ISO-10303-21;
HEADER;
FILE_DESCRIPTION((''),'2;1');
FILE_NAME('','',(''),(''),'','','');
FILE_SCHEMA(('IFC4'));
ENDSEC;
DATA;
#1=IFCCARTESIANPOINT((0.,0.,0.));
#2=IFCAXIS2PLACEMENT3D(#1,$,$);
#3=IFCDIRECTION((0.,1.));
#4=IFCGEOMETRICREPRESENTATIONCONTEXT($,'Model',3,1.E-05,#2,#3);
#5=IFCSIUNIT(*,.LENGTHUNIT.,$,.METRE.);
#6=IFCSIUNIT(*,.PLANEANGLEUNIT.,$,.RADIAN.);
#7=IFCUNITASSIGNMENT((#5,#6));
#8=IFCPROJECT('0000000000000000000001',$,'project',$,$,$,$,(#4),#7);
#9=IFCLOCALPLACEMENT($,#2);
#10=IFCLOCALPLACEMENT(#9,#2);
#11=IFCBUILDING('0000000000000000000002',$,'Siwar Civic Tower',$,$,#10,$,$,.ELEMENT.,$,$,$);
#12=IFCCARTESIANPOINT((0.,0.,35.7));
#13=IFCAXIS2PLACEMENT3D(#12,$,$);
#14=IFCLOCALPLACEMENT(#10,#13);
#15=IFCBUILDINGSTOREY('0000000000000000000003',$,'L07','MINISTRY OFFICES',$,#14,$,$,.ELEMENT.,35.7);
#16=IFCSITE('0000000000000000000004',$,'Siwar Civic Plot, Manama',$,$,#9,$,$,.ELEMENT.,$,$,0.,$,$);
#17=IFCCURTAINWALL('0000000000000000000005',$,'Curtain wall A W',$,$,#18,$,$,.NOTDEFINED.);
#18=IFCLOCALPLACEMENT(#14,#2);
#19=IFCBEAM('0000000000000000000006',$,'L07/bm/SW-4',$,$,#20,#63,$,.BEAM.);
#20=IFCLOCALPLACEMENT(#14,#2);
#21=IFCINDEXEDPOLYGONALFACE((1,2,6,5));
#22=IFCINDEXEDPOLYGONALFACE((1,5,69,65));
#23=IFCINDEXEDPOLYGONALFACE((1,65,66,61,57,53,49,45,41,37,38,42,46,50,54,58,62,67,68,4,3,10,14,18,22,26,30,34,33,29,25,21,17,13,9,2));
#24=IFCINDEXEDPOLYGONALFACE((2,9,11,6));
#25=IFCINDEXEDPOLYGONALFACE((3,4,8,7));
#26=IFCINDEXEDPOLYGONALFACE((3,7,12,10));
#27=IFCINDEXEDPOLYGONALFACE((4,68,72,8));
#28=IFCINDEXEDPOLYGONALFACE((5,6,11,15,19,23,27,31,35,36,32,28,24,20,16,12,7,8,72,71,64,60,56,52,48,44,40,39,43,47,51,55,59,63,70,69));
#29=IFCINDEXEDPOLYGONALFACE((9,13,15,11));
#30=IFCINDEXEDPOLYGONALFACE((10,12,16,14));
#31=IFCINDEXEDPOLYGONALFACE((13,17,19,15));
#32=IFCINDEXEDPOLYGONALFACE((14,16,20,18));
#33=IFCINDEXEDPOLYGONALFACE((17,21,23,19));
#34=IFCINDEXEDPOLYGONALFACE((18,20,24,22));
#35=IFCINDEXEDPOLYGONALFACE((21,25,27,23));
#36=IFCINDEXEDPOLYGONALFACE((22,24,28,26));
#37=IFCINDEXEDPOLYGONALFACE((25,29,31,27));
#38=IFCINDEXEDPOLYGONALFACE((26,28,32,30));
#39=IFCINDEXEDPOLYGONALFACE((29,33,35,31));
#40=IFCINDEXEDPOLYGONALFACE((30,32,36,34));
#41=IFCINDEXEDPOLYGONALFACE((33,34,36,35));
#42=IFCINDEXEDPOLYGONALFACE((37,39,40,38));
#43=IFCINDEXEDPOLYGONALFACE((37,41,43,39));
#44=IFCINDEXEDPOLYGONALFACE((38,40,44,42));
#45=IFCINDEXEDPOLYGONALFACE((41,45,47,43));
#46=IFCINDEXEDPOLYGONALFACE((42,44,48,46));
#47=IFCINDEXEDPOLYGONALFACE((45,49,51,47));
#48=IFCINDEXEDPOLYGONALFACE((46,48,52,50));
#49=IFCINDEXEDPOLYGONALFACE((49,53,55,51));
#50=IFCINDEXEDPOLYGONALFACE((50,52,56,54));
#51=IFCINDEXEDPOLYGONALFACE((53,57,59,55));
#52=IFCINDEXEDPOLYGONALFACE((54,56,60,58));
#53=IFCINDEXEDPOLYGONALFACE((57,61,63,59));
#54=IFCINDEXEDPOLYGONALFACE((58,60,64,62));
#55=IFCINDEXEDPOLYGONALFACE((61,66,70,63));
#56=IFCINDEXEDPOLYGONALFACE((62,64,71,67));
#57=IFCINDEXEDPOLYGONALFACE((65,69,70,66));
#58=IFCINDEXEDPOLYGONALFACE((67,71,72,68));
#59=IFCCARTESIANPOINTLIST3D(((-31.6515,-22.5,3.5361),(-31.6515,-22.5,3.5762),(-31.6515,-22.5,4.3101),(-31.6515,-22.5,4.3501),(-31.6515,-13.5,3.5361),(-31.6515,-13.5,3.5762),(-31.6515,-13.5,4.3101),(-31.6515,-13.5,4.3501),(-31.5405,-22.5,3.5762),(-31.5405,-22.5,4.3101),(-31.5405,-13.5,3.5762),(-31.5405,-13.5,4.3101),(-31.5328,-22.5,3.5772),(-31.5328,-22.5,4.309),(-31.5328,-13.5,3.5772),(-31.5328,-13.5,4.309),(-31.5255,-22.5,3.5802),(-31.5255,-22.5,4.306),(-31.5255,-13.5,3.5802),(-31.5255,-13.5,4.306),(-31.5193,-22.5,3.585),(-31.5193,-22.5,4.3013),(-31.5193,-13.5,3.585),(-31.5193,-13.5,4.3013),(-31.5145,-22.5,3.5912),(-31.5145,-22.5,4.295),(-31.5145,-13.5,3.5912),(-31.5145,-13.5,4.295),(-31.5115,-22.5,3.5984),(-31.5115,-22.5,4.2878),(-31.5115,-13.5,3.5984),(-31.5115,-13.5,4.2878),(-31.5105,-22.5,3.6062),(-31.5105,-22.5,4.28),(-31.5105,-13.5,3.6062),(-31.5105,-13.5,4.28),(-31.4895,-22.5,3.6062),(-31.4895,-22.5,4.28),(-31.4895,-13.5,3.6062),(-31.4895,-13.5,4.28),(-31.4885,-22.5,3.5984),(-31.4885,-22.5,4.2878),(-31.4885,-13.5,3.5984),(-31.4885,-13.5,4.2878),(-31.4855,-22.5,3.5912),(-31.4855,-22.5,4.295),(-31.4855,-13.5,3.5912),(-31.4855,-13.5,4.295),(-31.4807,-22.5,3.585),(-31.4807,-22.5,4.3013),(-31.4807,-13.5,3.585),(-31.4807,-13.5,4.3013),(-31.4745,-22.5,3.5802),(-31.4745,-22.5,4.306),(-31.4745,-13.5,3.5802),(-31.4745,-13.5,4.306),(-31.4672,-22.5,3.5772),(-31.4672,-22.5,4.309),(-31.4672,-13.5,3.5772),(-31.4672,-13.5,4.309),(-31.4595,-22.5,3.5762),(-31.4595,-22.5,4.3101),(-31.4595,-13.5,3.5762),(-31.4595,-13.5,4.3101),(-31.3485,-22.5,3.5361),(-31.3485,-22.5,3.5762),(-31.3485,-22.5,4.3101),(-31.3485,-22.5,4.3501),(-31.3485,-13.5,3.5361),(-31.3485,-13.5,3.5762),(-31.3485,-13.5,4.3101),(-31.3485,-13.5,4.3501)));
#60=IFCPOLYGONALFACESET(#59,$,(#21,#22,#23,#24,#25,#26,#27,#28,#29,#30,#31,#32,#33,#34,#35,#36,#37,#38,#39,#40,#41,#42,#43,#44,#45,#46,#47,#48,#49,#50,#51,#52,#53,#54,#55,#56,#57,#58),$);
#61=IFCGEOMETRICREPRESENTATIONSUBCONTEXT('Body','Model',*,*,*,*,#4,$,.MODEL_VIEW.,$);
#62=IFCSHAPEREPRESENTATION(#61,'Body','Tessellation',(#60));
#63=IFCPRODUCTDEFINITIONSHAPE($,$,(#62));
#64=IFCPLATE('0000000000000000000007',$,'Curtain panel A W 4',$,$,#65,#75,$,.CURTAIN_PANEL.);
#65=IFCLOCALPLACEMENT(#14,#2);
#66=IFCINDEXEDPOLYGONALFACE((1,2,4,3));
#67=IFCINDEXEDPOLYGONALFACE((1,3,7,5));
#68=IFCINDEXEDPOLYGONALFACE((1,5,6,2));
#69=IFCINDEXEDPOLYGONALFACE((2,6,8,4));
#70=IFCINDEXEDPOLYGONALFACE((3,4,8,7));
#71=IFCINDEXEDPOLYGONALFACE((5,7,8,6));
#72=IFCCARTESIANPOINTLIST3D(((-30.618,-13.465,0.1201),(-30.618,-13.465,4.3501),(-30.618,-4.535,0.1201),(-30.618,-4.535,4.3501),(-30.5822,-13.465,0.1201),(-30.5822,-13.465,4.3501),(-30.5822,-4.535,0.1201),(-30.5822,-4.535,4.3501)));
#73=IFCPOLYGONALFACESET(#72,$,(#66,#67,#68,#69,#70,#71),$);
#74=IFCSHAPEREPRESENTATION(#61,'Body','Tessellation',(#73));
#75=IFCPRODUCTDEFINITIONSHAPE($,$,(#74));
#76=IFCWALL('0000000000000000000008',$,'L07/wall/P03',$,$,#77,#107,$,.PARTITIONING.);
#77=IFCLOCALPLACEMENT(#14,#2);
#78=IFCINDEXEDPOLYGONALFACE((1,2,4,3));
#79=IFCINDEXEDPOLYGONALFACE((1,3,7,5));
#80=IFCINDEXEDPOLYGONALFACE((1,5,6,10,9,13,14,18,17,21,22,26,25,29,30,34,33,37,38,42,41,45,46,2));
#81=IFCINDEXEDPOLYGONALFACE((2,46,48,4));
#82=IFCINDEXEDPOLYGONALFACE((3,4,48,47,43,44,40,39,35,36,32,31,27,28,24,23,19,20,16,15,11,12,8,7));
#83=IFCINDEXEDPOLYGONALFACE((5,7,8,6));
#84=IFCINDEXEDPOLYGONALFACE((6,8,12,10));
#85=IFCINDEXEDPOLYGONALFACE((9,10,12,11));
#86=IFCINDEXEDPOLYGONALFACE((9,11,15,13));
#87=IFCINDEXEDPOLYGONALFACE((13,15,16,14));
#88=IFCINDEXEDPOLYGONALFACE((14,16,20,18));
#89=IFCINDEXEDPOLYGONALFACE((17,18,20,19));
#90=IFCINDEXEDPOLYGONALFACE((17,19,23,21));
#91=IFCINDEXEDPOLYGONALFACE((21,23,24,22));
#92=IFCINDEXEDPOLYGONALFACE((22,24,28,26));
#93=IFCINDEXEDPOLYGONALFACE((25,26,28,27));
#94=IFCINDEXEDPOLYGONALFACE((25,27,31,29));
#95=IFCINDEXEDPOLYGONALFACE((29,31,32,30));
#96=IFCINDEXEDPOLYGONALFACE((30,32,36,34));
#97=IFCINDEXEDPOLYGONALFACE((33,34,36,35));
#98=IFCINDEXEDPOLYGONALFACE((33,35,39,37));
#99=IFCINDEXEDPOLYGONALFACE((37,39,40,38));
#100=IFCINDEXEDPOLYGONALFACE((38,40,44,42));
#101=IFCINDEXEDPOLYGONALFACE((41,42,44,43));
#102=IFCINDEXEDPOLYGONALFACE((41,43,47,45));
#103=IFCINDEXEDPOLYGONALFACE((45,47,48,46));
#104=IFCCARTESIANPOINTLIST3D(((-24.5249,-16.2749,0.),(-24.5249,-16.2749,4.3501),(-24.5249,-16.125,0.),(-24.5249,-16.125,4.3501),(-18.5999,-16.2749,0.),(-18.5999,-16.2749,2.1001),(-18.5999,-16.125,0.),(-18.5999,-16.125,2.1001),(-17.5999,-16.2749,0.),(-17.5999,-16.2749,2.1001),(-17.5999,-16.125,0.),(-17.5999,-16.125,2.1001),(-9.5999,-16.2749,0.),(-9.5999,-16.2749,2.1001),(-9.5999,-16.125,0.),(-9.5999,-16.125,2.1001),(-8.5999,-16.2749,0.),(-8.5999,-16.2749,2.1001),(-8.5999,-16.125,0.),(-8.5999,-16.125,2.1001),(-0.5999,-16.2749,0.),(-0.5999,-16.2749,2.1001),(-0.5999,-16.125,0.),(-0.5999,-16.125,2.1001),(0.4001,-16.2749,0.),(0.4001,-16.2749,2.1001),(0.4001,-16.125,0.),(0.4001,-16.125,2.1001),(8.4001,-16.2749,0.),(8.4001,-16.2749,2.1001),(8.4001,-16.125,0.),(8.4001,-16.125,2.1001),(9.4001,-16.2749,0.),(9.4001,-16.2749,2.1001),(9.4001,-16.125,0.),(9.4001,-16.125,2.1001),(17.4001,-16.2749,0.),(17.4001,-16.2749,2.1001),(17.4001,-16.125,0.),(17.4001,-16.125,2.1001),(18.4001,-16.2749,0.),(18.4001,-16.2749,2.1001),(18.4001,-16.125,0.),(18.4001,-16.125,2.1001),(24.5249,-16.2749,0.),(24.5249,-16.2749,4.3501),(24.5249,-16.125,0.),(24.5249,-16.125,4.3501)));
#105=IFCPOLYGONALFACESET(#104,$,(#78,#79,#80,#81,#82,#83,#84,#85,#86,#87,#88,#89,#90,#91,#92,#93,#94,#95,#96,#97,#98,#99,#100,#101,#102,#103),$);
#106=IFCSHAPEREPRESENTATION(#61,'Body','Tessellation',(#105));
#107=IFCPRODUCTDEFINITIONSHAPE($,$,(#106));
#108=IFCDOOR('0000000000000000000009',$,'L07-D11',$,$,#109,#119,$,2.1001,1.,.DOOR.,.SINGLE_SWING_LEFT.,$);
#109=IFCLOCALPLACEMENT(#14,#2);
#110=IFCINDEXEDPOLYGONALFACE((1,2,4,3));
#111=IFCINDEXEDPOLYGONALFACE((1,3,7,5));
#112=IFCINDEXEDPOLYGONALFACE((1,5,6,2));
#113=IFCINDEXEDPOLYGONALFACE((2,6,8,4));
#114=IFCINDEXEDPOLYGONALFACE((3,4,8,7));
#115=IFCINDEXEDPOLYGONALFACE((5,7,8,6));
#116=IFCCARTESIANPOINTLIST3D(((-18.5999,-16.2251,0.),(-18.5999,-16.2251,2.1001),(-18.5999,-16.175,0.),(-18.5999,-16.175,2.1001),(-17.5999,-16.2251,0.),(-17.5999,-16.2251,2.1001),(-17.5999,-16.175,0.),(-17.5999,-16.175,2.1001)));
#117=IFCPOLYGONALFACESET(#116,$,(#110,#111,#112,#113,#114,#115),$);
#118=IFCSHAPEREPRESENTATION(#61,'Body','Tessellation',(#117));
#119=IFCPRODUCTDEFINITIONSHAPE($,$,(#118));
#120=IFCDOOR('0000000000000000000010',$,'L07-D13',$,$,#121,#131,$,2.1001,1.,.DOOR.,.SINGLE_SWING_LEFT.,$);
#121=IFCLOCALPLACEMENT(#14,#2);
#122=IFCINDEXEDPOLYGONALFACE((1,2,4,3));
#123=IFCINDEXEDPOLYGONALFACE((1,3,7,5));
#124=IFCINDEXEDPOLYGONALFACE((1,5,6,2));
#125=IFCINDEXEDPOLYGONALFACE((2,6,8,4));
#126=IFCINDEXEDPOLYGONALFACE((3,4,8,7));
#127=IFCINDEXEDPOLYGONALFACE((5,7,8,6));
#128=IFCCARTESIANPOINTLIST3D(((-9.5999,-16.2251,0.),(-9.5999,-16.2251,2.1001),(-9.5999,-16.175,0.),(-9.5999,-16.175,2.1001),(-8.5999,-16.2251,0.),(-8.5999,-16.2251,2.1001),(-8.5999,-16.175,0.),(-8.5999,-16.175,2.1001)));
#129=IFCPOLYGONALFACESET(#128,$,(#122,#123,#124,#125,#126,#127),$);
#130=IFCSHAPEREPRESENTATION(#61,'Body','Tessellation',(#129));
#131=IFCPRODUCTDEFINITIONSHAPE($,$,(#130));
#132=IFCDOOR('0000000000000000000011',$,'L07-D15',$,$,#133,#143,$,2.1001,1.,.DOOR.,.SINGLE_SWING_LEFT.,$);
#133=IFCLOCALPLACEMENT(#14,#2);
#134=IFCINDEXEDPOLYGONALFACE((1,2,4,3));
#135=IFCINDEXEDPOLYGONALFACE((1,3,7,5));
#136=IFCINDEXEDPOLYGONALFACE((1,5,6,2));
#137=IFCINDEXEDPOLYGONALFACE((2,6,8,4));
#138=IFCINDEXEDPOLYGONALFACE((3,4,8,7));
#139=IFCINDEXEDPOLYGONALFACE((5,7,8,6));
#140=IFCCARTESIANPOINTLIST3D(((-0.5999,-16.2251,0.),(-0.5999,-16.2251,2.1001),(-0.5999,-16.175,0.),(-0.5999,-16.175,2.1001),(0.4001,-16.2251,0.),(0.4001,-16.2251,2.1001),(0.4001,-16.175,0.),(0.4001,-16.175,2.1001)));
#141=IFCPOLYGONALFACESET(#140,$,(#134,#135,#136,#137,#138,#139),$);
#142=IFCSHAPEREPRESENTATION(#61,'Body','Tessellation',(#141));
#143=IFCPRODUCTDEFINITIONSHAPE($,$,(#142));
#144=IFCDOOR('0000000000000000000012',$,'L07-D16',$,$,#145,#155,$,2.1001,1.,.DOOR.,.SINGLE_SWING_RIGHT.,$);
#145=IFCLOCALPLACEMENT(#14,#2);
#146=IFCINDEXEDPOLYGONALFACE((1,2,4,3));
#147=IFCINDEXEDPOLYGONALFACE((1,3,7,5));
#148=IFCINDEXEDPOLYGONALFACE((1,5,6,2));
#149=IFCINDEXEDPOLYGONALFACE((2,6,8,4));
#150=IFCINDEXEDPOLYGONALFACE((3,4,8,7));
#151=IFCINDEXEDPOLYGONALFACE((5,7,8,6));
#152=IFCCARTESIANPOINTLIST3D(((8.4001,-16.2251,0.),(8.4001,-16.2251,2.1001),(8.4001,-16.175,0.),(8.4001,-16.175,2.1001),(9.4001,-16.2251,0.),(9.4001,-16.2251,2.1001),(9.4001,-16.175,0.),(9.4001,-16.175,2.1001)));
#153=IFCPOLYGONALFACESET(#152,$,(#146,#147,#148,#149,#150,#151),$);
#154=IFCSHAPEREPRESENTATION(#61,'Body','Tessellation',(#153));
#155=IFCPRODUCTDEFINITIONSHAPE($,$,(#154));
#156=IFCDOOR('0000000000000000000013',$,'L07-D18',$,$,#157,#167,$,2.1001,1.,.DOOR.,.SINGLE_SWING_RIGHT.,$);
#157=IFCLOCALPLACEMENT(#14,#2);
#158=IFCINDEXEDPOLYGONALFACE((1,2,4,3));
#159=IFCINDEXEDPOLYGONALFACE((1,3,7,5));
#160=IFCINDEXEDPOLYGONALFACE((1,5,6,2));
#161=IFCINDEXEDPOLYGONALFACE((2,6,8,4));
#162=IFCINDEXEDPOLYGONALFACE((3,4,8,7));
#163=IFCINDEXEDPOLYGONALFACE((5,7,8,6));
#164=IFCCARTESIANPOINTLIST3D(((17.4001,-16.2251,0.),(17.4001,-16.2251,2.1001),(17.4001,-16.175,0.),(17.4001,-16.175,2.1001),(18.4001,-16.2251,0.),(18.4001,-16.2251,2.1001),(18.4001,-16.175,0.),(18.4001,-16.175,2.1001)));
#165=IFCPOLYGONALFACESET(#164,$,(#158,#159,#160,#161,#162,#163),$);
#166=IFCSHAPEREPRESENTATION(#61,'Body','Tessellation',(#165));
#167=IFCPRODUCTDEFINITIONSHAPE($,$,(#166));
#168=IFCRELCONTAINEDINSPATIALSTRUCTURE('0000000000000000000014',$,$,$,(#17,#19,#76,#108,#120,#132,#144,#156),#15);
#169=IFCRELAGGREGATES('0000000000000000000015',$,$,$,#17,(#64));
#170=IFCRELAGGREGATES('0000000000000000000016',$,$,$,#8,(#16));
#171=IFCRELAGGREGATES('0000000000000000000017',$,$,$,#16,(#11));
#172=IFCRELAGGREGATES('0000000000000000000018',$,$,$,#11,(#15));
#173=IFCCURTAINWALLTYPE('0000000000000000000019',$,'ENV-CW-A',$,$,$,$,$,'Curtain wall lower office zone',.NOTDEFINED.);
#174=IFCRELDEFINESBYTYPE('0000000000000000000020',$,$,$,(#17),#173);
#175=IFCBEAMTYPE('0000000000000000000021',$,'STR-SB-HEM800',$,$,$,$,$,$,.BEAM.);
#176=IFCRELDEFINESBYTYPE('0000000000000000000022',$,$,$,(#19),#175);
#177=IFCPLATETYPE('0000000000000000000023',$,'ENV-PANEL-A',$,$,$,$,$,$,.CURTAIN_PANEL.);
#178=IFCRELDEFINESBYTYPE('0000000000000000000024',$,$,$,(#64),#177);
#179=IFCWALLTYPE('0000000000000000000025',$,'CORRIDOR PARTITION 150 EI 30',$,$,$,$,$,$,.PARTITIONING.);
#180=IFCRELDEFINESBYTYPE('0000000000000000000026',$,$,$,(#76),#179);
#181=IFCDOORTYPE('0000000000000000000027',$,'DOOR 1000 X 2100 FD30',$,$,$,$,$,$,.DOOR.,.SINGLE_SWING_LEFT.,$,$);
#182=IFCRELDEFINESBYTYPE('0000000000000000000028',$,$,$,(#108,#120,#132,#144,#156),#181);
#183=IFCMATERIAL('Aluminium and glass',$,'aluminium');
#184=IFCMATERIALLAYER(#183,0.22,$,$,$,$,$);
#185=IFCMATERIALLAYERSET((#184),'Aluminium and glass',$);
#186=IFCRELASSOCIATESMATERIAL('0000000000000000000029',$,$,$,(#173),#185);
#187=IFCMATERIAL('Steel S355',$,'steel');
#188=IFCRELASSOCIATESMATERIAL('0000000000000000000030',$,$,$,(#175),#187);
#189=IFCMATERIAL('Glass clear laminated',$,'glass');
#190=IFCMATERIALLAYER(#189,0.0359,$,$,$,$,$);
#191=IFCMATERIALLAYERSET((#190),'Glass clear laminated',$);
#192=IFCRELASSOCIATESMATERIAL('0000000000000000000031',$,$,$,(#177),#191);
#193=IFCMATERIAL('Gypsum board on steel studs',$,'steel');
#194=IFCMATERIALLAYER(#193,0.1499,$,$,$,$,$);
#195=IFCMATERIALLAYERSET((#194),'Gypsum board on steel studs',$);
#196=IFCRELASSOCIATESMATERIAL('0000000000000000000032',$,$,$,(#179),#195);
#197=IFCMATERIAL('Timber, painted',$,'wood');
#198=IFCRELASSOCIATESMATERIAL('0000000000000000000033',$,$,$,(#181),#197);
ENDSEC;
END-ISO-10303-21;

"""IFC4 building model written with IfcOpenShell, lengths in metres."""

from ifc_helpers import new_model, si_unit, direction, frame, frame_2d, origin, origin_2d, place, context, subcontext, project, spatial, rectangle, i_section, extrude, material, layer, layer_set, material_profile, profile_set, type_object, element, fill, aggregate, save


model = new_model("IFC4")

# Units and contexts
model_context = context("Model", 3, precision=1e-05, world=origin(), true_north=direction((0.0, 1.0)))
body_context = subcontext(model_context, "Body", "Model", "MODEL_VIEW")
ifc_project = project(units=[si_unit("LENGTHUNIT", "METRE"), si_unit("PLANEANGLEUNIT", "RADIAN")], contexts=[model_context])

# Site, building, storey
site_placement = place(None, origin())
site = spatial("IfcSite", under=ifc_project, at=site_placement, Name="Siwar Civic Plot, Manama", CompositionType="ELEMENT", RefElevation=0.0)
building_placement = place(site_placement, origin())
building = spatial("IfcBuilding", under=site, at=building_placement, Name="Siwar Civic Tower", CompositionType="ELEMENT")
storey_placement = place(building_placement, frame((0.0, 0.0, 35.7)))
storey = spatial("IfcBuildingStorey", under=building, at=storey_placement, Name="L07", Description="MINISTRY OFFICES", CompositionType="ELEMENT", Elevation=35.7)

# Curtain wall
ifc_material_1 = material(Name="Aluminium and glass", Category="aluminium")
ifc_layer_1 = layer(ifc_material_1, 0.22)
ifc_layer_set_1 = layer_set([ifc_layer_1], Name="Aluminium and glass")
curtain_wall_type = type_object("IfcCurtainWallType", Name="ENV-CW-A", ElementType="Curtain wall lower office zone", PredefinedType="NOTDEFINED", material=ifc_layer_set_1)
curtain_wall_placement = place(storey_placement, origin())
curtain_wall = element("IfcCurtainWall", 1, at=curtain_wall_placement, inside=storey, type_object=curtain_wall_type, Name="Curtain wall A W", PredefinedType="NOTDEFINED")

# Beam
ifc_material_2 = material(Name="Steel S355", Category="steel")
ifc_material_profile_1 = material_profile(ifc_material_2, i_section(OverallWidth=0.303, OverallDepth=0.814, WebThickness=0.021, FlangeThickness=0.04, FilletRadius=0.03, at=origin_2d()), Name="HEM800")
ifc_profile_set_1 = profile_set([ifc_material_profile_1], Name="Steel S355")
beam_type_1 = type_object("IfcBeamType", Name="STR-SB-HEM800", PredefinedType="BEAM", material=ifc_profile_set_1)
beam_1_placement = place(storey_placement, frame((-31.5, -13.5, 3.9431), z_axis=(0.0, -1.0, 0.0), x_axis=(1.0, 0.0, 0.0)))
element("IfcBeam", 2, at=beam_1_placement, inside=storey, type_object=beam_type_1, Name="L07/bm/SW-4", PredefinedType="BEAM", context=body_context, shape_type="SweptSolid", body=[
    extrude(i_section(OverallWidth=0.303, OverallDepth=0.814, WebThickness=0.021, FlangeThickness=0.04, FilletRadius=0.03, at=origin_2d()), origin(), (0.0, 0.0, 1.0), 9.0),
])

# Plate
ifc_material_3 = material(Name="Glass clear laminated", Category="glass")
ifc_layer_2 = layer(ifc_material_3, 0.0359)
ifc_layer_set_2 = layer_set([ifc_layer_2], Name="Glass clear laminated")
plate_type = type_object("IfcPlateType", Name="ENV-PANEL-A", PredefinedType="CURTAIN_PANEL", material=ifc_layer_set_2)
plate_placement = place(storey_placement, frame((-30.6001, -9.0, 0.1201), z_axis=(0.0, 0.0, 1.0), x_axis=(0.0, -1.0, 0.0)))
plate = element("IfcPlate", 3, at=plate_placement, type_object=plate_type, Name="Curtain panel A W 4", PredefinedType="CURTAIN_PANEL", context=body_context, shape_type="SweptSolid", body=[
    extrude(rectangle(XDim=8.9299, YDim=0.0359, at=origin_2d()), origin(), (0.0, 0.0, 1.0), 4.23),
])
aggregate(curtain_wall, [plate])

# Wall, openings, doors
ifc_material_4 = material(Name="Gypsum board on steel studs", Category="steel")
ifc_layer_3 = layer(ifc_material_4, 0.1499)
ifc_layer_set_3 = layer_set([ifc_layer_3], Name="Gypsum board on steel studs")
wall_type_1 = type_object("IfcWallType", Name="CORRIDOR PARTITION 150 EI 30", PredefinedType="PARTITIONING", material=ifc_layer_set_3)
wall_1_placement = place(storey_placement, frame((-24.5249, -16.2, 0.0), z_axis=(0.0, 0.0, 1.0), x_axis=(1.0, 0.0, 0.0)))
wall_1 = element("IfcWall", 4, at=wall_1_placement, inside=storey, type_object=wall_type_1, Name="L07/wall/P03", PredefinedType="PARTITIONING", context=body_context, shape_type="SweptSolid", body=[
    extrude(rectangle(XDim=49.0498, YDim=0.1499, at=frame_2d((24.5249, 0.0))), origin(), (0.0, 0.0, 1.0), 4.3501),
])
opening_1_placement = place(wall_1_placement, frame((5.925, 0.0, 0.0)))
opening_1 = element("IfcOpeningElement", 5, at=opening_1_placement, cuts=wall_1, PredefinedType="OPENING", context=body_context, shape_type="SweptSolid", body=[
    extrude(rectangle(XDim=1.0, YDim=2.1001, at=frame_2d((0.5, 1.05))), frame((0.0, 0.085, 0.0), z_axis=(0.0, -1.0, 0.0), x_axis=(1.0, 0.0, 0.0)), (0.0, 0.0, 1.0), 0.1699),
])
opening_2_placement = place(wall_1_placement, frame((14.925, 0.0, 0.0)))
opening_2 = element("IfcOpeningElement", 6, at=opening_2_placement, cuts=wall_1, PredefinedType="OPENING", context=body_context, shape_type="SweptSolid", body=[
    extrude(rectangle(XDim=1.0, YDim=2.1001, at=frame_2d((0.5, 1.05))), frame((0.0, 0.085, 0.0), z_axis=(0.0, -1.0, 0.0), x_axis=(1.0, 0.0, 0.0)), (0.0, 0.0, 1.0), 0.1699),
])
opening_3_placement = place(wall_1_placement, frame((23.925, 0.0, 0.0)))
opening_3 = element("IfcOpeningElement", 7, at=opening_3_placement, cuts=wall_1, PredefinedType="OPENING", context=body_context, shape_type="SweptSolid", body=[
    extrude(rectangle(XDim=1.0, YDim=2.1001, at=frame_2d((0.5, 1.05))), frame((0.0, 0.085, 0.0), z_axis=(0.0, -1.0, 0.0), x_axis=(1.0, 0.0, 0.0)), (0.0, 0.0, 1.0), 0.1699),
])
opening_4_placement = place(wall_1_placement, frame((32.925, 0.0, 0.0)))
opening_4 = element("IfcOpeningElement", 8, at=opening_4_placement, cuts=wall_1, PredefinedType="OPENING", context=body_context, shape_type="SweptSolid", body=[
    extrude(rectangle(XDim=1.0, YDim=2.1001, at=frame_2d((0.5, 1.05))), frame((0.0, 0.085, 0.0), z_axis=(0.0, -1.0, 0.0), x_axis=(1.0, 0.0, 0.0)), (0.0, 0.0, 1.0), 0.1699),
])
opening_5_placement = place(wall_1_placement, frame((41.925, 0.0, 0.0)))
opening_5 = element("IfcOpeningElement", 9, at=opening_5_placement, cuts=wall_1, PredefinedType="OPENING", context=body_context, shape_type="SweptSolid", body=[
    extrude(rectangle(XDim=1.0, YDim=2.1001, at=frame_2d((0.5, 1.05))), frame((0.0, 0.085, 0.0), z_axis=(0.0, -1.0, 0.0), x_axis=(1.0, 0.0, 0.0)), (0.0, 0.0, 1.0), 0.1699),
])
ifc_material_5 = material(Name="Timber, painted", Category="wood")
door_type = type_object("IfcDoorType", Name="DOOR 1000 X 2100 FD30", OperationType="SINGLE_SWING_LEFT", PredefinedType="DOOR", material=ifc_material_5)
door_1_placement = place(opening_1_placement, origin())
door_1 = element("IfcDoor", 10, at=door_1_placement, inside=storey, type_object=door_type, Name="L07-D11", OperationType="SINGLE_SWING_LEFT", OverallHeight=2.1001, OverallWidth=1.0, PredefinedType="DOOR", context=body_context, shape_type="SweptSolid", body=[
    extrude(rectangle(XDim=1.0, YDim=2.1001, at=frame_2d((0.5, 1.05))), frame((0.0, 0.0249, 0.0), z_axis=(0.0, -1.0, 0.0), x_axis=(1.0, 0.0, 0.0)), (0.0, 0.0, 1.0), 0.05),
])
fill(opening_1, door_1)
door_2_placement = place(opening_2_placement, origin())
door_2 = element("IfcDoor", 11, at=door_2_placement, inside=storey, type_object=door_type, Name="L07-D13", OperationType="SINGLE_SWING_LEFT", OverallHeight=2.1001, OverallWidth=1.0, PredefinedType="DOOR", context=body_context, shape_type="SweptSolid", body=[
    extrude(rectangle(XDim=1.0, YDim=2.1001, at=frame_2d((0.5, 1.05))), frame((0.0, 0.0249, 0.0), z_axis=(0.0, -1.0, 0.0), x_axis=(1.0, 0.0, 0.0)), (0.0, 0.0, 1.0), 0.05),
])
fill(opening_2, door_2)
door_3_placement = place(opening_3_placement, origin())
door_3 = element("IfcDoor", 12, at=door_3_placement, inside=storey, type_object=door_type, Name="L07-D15", OperationType="SINGLE_SWING_LEFT", OverallHeight=2.1001, OverallWidth=1.0, PredefinedType="DOOR", context=body_context, shape_type="SweptSolid", body=[
    extrude(rectangle(XDim=1.0, YDim=2.1001, at=frame_2d((0.5, 1.05))), frame((0.0, 0.0249, 0.0), z_axis=(0.0, -1.0, 0.0), x_axis=(1.0, 0.0, 0.0)), (0.0, 0.0, 1.0), 0.05),
])
fill(opening_3, door_3)
door_4_placement = place(opening_4_placement, origin())
door_4 = element("IfcDoor", 13, at=door_4_placement, inside=storey, type_object=door_type, Name="L07-D16", OperationType="SINGLE_SWING_RIGHT", OverallHeight=2.1001, OverallWidth=1.0, PredefinedType="DOOR", context=body_context, shape_type="SweptSolid", body=[
    extrude(rectangle(XDim=1.0, YDim=2.1001, at=frame_2d((0.5, 1.05))), frame((0.0, 0.0249, 0.0), z_axis=(0.0, -1.0, 0.0), x_axis=(1.0, 0.0, 0.0)), (0.0, 0.0, 1.0), 0.05),
])
fill(opening_4, door_4)
door_5_placement = place(opening_5_placement, origin())
door_5 = element("IfcDoor", 14, at=door_5_placement, inside=storey, type_object=door_type, Name="L07-D18", OperationType="SINGLE_SWING_RIGHT", OverallHeight=2.1001, OverallWidth=1.0, PredefinedType="DOOR", context=body_context, shape_type="SweptSolid", body=[
    extrude(rectangle(XDim=1.0, YDim=2.1001, at=frame_2d((0.5, 1.05))), frame((0.0, 0.0249, 0.0), z_axis=(0.0, -1.0, 0.0), x_axis=(1.0, 0.0, 0.0)), (0.0, 0.0, 1.0), 0.05),
])
fill(opening_5, door_5)

save(model, "model.ifc")
